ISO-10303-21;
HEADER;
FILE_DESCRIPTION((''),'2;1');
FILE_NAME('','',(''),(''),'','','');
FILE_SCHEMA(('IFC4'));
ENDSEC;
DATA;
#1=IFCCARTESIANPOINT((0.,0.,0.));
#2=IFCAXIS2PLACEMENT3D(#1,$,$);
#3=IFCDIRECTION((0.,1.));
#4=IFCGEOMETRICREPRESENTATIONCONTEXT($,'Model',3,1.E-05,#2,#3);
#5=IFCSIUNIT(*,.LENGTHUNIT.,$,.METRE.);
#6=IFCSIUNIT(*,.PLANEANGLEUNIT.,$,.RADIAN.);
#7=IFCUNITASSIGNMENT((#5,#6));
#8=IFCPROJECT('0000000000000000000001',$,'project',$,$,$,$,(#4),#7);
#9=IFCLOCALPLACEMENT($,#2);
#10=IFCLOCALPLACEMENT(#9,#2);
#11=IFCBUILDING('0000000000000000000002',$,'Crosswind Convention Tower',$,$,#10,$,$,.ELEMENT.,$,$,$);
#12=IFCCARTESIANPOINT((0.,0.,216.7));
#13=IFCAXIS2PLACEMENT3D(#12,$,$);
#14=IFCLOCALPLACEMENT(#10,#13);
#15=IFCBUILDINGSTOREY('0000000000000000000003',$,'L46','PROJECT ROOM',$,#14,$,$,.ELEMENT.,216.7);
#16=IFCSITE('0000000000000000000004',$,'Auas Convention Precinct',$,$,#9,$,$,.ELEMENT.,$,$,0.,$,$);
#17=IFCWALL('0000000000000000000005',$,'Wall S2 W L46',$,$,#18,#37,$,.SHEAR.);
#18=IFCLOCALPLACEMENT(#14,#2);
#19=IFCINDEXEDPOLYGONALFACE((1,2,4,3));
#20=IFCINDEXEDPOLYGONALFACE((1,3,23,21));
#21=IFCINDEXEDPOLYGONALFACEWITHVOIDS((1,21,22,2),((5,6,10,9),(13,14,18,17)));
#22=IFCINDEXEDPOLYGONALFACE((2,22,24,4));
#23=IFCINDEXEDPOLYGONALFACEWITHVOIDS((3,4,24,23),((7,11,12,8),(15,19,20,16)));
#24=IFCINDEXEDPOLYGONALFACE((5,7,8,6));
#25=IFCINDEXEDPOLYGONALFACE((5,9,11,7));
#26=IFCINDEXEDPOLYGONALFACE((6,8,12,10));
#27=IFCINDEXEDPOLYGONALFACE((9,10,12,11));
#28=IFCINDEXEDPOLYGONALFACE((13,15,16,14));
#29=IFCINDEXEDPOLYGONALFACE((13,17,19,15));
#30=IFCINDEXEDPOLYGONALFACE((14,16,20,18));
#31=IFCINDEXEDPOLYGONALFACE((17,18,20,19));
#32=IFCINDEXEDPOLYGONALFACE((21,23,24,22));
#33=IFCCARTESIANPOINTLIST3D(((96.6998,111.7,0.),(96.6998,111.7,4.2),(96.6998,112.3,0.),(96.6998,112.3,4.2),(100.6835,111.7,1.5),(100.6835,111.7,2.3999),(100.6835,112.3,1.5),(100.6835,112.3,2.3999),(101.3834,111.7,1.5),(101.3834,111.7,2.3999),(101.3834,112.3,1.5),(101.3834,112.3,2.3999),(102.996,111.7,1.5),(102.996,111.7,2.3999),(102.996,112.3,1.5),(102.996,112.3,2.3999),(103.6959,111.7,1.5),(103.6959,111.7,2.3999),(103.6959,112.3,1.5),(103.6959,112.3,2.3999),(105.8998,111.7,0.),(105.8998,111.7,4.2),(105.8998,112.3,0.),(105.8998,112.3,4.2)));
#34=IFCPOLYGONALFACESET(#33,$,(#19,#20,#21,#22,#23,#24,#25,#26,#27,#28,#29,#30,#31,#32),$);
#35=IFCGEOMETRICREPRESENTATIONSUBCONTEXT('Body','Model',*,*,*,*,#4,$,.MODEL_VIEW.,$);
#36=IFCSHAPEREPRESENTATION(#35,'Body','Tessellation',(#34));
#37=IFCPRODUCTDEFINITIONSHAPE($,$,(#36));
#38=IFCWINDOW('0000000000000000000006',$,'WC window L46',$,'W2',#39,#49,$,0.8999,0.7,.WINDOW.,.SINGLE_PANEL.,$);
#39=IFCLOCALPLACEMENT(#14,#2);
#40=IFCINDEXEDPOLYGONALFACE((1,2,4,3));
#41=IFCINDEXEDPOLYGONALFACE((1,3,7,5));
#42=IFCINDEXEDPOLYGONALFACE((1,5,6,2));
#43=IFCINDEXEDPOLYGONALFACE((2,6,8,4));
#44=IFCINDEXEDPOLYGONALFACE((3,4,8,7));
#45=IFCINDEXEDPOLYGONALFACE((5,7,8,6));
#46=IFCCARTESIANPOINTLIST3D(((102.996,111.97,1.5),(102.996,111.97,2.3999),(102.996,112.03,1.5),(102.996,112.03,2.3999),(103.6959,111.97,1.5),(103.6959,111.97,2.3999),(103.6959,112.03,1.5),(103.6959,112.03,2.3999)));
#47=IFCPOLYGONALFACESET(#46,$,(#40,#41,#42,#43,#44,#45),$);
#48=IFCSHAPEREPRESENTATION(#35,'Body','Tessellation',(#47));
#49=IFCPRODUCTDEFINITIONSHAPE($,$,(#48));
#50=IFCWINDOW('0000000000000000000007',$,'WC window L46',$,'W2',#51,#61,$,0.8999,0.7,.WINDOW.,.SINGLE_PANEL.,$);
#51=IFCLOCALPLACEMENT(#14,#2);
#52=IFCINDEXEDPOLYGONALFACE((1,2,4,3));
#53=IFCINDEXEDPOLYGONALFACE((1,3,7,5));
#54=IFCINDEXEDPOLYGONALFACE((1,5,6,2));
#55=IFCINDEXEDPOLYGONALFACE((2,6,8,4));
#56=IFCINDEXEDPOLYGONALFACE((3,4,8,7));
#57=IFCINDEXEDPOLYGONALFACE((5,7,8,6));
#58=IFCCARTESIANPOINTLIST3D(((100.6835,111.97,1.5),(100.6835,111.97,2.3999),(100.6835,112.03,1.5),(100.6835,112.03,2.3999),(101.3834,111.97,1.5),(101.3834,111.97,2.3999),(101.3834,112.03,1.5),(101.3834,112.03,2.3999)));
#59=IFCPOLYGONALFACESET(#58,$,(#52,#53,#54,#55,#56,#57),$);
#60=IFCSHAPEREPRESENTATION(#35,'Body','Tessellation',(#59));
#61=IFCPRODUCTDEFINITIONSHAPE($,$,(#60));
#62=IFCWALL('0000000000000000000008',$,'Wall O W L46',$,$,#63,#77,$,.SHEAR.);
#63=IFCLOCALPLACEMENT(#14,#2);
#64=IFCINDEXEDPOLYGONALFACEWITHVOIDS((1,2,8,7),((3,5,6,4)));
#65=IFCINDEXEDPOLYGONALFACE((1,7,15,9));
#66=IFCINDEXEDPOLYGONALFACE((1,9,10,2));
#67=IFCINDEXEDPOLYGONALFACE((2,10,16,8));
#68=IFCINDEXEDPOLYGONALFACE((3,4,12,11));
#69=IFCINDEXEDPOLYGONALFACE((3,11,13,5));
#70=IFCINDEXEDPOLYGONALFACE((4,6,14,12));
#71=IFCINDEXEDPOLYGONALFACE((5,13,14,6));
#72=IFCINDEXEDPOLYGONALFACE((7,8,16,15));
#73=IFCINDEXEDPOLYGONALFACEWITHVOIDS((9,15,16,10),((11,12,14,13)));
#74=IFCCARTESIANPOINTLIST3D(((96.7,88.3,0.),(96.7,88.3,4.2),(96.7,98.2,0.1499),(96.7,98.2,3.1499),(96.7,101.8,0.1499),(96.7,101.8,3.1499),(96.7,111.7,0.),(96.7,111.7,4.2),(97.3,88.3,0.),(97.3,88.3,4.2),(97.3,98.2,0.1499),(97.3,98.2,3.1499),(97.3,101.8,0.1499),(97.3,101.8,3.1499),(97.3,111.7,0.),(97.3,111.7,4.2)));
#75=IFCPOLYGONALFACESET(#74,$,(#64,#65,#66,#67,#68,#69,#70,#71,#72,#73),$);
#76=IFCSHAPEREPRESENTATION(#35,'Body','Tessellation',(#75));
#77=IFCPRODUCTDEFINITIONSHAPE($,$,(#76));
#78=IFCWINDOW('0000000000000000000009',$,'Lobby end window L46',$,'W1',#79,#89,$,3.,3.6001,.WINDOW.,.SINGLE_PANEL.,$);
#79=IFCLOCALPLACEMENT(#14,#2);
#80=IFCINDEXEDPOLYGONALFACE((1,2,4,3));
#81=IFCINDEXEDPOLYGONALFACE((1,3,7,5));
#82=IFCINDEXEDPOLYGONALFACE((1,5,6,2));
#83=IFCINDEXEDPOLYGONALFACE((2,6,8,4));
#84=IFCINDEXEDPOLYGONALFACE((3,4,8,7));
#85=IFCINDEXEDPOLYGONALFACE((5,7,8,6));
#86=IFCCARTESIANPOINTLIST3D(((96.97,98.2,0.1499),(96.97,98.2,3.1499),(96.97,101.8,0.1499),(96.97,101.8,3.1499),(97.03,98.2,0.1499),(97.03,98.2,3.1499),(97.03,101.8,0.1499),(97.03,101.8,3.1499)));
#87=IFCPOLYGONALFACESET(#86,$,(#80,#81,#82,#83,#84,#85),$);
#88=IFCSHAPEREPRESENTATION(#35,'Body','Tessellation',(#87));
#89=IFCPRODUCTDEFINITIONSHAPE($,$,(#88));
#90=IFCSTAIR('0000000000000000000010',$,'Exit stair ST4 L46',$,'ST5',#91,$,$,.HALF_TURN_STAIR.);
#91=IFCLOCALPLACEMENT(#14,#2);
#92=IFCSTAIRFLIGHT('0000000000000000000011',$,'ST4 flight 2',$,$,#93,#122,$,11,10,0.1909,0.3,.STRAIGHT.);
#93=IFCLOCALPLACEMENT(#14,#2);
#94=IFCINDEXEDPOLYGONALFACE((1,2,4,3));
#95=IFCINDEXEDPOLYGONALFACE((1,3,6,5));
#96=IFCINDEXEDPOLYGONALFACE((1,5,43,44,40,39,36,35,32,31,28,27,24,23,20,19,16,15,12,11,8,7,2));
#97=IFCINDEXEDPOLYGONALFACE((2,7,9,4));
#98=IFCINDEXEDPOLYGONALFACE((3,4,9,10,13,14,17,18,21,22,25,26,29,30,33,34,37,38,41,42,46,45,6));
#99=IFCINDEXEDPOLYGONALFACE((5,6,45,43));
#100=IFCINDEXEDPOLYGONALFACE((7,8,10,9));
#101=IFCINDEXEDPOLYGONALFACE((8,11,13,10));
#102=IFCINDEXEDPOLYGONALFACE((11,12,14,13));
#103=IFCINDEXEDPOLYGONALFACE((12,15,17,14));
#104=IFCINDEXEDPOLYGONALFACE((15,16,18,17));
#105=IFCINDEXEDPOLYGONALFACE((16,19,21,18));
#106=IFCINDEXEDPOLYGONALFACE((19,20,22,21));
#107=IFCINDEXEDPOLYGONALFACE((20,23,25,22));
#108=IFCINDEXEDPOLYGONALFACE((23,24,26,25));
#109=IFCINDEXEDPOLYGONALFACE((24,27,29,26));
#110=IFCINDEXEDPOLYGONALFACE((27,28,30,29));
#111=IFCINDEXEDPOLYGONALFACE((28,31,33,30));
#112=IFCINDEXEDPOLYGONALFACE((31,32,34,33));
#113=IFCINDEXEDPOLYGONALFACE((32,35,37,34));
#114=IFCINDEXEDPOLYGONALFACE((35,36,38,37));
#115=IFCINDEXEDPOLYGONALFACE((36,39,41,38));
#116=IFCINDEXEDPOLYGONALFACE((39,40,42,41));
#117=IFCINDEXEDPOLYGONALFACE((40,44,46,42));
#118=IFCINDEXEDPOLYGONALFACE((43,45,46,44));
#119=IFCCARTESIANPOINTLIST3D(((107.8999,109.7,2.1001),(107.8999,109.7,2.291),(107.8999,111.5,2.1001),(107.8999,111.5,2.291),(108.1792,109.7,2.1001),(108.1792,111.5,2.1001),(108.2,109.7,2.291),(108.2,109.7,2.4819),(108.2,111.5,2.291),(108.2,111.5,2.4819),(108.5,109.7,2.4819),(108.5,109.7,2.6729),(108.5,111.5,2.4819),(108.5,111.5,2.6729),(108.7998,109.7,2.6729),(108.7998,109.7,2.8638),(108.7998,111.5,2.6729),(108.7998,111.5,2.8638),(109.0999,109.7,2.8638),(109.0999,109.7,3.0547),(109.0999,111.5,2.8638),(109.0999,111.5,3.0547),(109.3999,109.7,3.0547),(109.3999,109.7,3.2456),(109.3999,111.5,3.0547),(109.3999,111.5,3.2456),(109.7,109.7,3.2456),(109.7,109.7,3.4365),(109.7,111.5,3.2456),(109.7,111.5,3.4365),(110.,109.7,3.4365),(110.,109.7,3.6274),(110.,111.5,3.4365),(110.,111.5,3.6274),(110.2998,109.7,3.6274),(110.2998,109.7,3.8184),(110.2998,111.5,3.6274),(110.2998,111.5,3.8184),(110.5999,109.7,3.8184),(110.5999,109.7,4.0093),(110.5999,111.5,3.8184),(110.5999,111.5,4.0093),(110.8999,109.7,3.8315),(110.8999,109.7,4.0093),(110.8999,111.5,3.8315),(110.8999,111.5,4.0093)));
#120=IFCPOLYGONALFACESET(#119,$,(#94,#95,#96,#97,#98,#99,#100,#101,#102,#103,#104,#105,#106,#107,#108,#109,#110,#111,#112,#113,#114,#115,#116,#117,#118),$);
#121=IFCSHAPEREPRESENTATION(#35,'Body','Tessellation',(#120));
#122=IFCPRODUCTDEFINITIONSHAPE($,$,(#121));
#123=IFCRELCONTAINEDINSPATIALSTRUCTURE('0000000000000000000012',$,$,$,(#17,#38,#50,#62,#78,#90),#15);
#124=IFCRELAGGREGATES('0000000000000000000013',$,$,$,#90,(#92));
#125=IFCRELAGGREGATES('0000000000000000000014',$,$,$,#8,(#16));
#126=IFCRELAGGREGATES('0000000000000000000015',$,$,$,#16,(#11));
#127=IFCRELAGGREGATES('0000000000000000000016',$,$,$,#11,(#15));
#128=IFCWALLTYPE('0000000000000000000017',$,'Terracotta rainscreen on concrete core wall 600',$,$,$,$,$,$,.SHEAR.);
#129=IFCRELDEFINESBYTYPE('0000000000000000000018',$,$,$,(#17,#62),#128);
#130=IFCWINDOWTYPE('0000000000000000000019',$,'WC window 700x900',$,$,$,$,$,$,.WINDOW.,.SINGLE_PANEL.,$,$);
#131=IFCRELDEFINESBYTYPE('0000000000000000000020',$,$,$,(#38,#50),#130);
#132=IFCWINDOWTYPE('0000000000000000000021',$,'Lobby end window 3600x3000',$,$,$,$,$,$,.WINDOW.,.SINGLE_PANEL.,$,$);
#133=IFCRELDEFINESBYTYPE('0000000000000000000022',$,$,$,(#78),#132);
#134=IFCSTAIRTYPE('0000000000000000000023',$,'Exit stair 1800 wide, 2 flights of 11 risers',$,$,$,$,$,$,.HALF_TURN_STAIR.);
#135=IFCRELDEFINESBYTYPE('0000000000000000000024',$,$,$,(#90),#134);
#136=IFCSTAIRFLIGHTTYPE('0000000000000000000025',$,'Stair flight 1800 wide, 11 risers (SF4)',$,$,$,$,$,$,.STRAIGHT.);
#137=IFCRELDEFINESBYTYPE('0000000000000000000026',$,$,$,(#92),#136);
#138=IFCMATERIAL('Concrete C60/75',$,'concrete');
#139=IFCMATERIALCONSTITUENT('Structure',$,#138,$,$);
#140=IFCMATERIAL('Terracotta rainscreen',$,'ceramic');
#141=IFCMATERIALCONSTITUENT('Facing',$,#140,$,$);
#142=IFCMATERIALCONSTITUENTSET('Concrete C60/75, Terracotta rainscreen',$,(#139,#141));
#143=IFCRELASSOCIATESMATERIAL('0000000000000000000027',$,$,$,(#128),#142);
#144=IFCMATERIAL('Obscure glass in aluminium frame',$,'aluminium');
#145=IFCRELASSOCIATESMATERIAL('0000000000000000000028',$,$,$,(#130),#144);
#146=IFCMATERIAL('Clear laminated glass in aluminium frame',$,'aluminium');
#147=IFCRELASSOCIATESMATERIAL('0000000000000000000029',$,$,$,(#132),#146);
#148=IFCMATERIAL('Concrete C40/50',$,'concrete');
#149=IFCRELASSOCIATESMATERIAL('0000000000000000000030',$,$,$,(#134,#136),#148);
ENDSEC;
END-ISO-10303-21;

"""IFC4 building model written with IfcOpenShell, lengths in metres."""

from ifc_helpers import new_model, si_unit, direction, frame, frame_2d, origin, place, context, subcontext, project, spatial, polyline, rectangle, outline, extrude, material, constituent, constituent_set, type_object, element, fill, aggregate, save


model = new_model("IFC4")

# Units and contexts
model_context = context("Model", 3, precision=1e-05, world=origin(), true_north=direction((0.0, 1.0)))
body_context = subcontext(model_context, "Body", "Model", "MODEL_VIEW")
ifc_project = project(units=[si_unit("LENGTHUNIT", "METRE"), si_unit("PLANEANGLEUNIT", "RADIAN")], contexts=[model_context])

# Site, building, storey
site_placement = place(None, origin())
site = spatial("IfcSite", under=ifc_project, at=site_placement, Name="Auas Convention Precinct", CompositionType="ELEMENT", RefElevation=0.0)
building_placement = place(site_placement, origin())
building = spatial("IfcBuilding", under=site, at=building_placement, Name="Crosswind Convention Tower", CompositionType="ELEMENT")
storey_placement = place(building_placement, frame((0.0, 0.0, 216.7)))
storey = spatial("IfcBuildingStorey", under=building, at=storey_placement, Name="L46", Description="PROJECT ROOM", CompositionType="ELEMENT", Elevation=216.7)

# Wall, openings, windows
ifc_material_1 = material(Name="Concrete C60/75", Category="concrete")
ifc_constituent_1 = constituent(ifc_material_1, Name="Structure")
ifc_material_2 = material(Name="Terracotta rainscreen", Category="ceramic")
ifc_constituent_2 = constituent(ifc_material_2, Name="Facing")
ifc_constituent_set = constituent_set(constituents=[ifc_constituent_1, ifc_constituent_2], Name="Concrete C60/75, Terracotta rainscreen")
wall_type_1 = type_object("IfcWallType", Name="Terracotta rainscreen on concrete core wall 600", PredefinedType="SHEAR", material=ifc_constituent_set)
wall_1_placement = place(storey_placement, frame((105.8999, 112.0, 0.0), z_axis=(0.0, 0.0, 1.0), x_axis=(-1.0, 0.0, 0.0)))
wall_1 = element("IfcWall", 1, at=wall_1_placement, inside=storey, type_object=wall_type_1, Name="Wall S2 W L46", PredefinedType="SHEAR", context=body_context, shape_type="SweptSolid", body=[
    extrude(rectangle(XDim=9.2, YDim=0.6001, at=frame_2d((4.6001, 0.0))), origin(), (0.0, 0.0, 1.0), 4.2),
])
opening_1_placement = place(wall_1_placement, frame((2.2039, 0.0, 1.5)))
opening_1 = element("IfcOpeningElement", 2, at=opening_1_placement, cuts=wall_1, PredefinedType="OPENING", context=body_context, shape_type="SweptSolid", body=[
    extrude(rectangle(XDim=0.7, YDim=0.8999, at=frame_2d((0.3501, 0.45))), frame((0.0, 0.3101, 0.0), z_axis=(0.0, -1.0, 0.0), x_axis=(1.0, 0.0, 0.0)), (0.0, 0.0, 1.0), 0.6201),
])
opening_2_placement = place(wall_1_placement, frame((4.5164, 0.0, 1.5)))
opening_2 = element("IfcOpeningElement", 3, at=opening_2_placement, cuts=wall_1, PredefinedType="OPENING", context=body_context, shape_type="SweptSolid", body=[
    extrude(rectangle(XDim=0.7, YDim=0.8999, at=frame_2d((0.3501, 0.45))), frame((0.0, 0.3101, 0.0), z_axis=(0.0, -1.0, 0.0), x_axis=(1.0, 0.0, 0.0)), (0.0, 0.0, 1.0), 0.6201),
])
ifc_material_3 = material(Name="Obscure glass in aluminium frame", Category="aluminium")
window_type_1 = type_object("IfcWindowType", Name="WC window 700x900", PartitioningType="SINGLE_PANEL", PredefinedType="WINDOW", material=ifc_material_3)
window_1_placement = place(opening_1_placement, origin())
window_1 = element("IfcWindow", 4, at=window_1_placement, inside=storey, type_object=window_type_1, Name="WC window L46", ObjectType="W2", OverallHeight=0.8999, OverallWidth=0.7, PartitioningType="SINGLE_PANEL", PredefinedType="WINDOW", context=body_context, shape_type="SweptSolid", body=[
    extrude(rectangle(XDim=0.7, YDim=0.8999, at=frame_2d((0.3501, 0.45))), frame((0.0, 0.03, 0.0), z_axis=(0.0, -1.0, 0.0), x_axis=(1.0, 0.0, 0.0)), (0.0, 0.0, 1.0), 0.0601),
])
fill(opening_1, window_1)
window_2_placement = place(opening_2_placement, origin())
window_2 = element("IfcWindow", 5, at=window_2_placement, inside=storey, type_object=window_type_1, Name="WC window L46", ObjectType="W2", OverallHeight=0.8999, OverallWidth=0.7, PartitioningType="SINGLE_PANEL", PredefinedType="WINDOW", context=body_context, shape_type="SweptSolid", body=[
    extrude(rectangle(XDim=0.7, YDim=0.8999, at=frame_2d((0.3501, 0.45))), frame((0.0, 0.03, 0.0), z_axis=(0.0, -1.0, 0.0), x_axis=(1.0, 0.0, 0.0)), (0.0, 0.0, 1.0), 0.0601),
])
fill(opening_2, window_2)

# Wall, opening, window
wall_2_placement = place(storey_placement, frame((97.0, 111.7, 0.0), z_axis=(0.0, 0.0, 1.0), x_axis=(0.0, -1.0, 0.0)))
wall_2 = element("IfcWall", 6, at=wall_2_placement, inside=storey, type_object=wall_type_1, Name="Wall O W L46", PredefinedType="SHEAR", context=body_context, shape_type="SweptSolid", body=[
    extrude(rectangle(XDim=23.3999, YDim=0.6001, at=frame_2d((11.7, 0.0))), origin(), (0.0, 0.0, 1.0), 4.2),
])
opening_3_placement = place(wall_2_placement, frame((9.8999, 0.0, 0.1499)))
opening_3 = element("IfcOpeningElement", 7, at=opening_3_placement, cuts=wall_2, PredefinedType="OPENING", context=body_context, shape_type="SweptSolid", body=[
    extrude(rectangle(XDim=3.6001, YDim=3.0, at=frame_2d((1.8, 1.5))), frame((0.0, 0.3101, 0.0), z_axis=(0.0, -1.0, 0.0), x_axis=(1.0, 0.0, 0.0)), (0.0, 0.0, 1.0), 0.6201),
])
ifc_material_4 = material(Name="Clear laminated glass in aluminium frame", Category="aluminium")
window_type_2 = type_object("IfcWindowType", Name="Lobby end window 3600x3000", PartitioningType="SINGLE_PANEL", PredefinedType="WINDOW", material=ifc_material_4)
window_3_placement = place(opening_3_placement, origin())
window_3 = element("IfcWindow", 8, at=window_3_placement, inside=storey, type_object=window_type_2, Name="Lobby end window L46", ObjectType="W1", OverallHeight=3.0, OverallWidth=3.6001, PartitioningType="SINGLE_PANEL", PredefinedType="WINDOW", context=body_context, shape_type="SweptSolid", body=[
    extrude(rectangle(XDim=3.6001, YDim=3.0, at=frame_2d((1.8, 1.5))), frame((0.0, 0.03, 0.0), z_axis=(0.0, -1.0, 0.0), x_axis=(1.0, 0.0, 0.0)), (0.0, 0.0, 1.0), 0.0601),
])
fill(opening_3, window_3)

# Stair, stair flight
ifc_material_5 = material(Name="Concrete C40/50", Category="concrete")
stair_type = type_object("IfcStairType", Name="Exit stair 1800 wide, 2 flights of 11 risers", PredefinedType="HALF_TURN_STAIR", material=ifc_material_5)
stair_placement = place(storey_placement, origin())
stair = element("IfcStair", 9, at=stair_placement, inside=storey, type_object=stair_type, Name="Exit stair ST4 L46", ObjectType="ST5", PredefinedType="HALF_TURN_STAIR")
stair_flight_type = type_object("IfcStairFlightType", Name="Stair flight 1800 wide, 11 risers (SF4)", PredefinedType="STRAIGHT", material=ifc_material_5)
stair_flight_placement = place(storey_placement, frame((107.8999, 110.6001, 2.1001), z_axis=(0.0, 0.0, 1.0), x_axis=(1.0, 0.0, 0.0)))
stair_flight = element("IfcStairFlight", 10, at=stair_flight_placement, type_object=stair_flight_type, Name="ST4 flight 2", NumberOfRisers=11, NumberOfTreads=10, PredefinedType="STRAIGHT", RiserHeight=0.1909, TreadLength=0.3, context=body_context, shape_type="SweptSolid", body=[
    extrude(outline(polyline([(0.0, 0.0), (0.0, 0.1909), (0.3, 0.1909), (0.3, 0.3818), (0.6001, 0.3818), (0.6001, 0.5728), (0.8999, 0.5728), (0.8999, 0.7637), (1.2, 0.7637), (1.2, 0.9546), (1.5, 0.9546), (1.5, 1.1455), (1.8, 1.1455), (1.8, 1.3364), (2.1001, 1.3364), (2.1001, 1.5273), (2.3999, 1.5273), (2.3999, 1.7183), (2.7, 1.7183), (2.7, 1.9092), (3.0, 1.9092), (3.0, 2.1001), (3.0, 1.7314), (0.2793, 0.0), (0.0, 0.0)])), frame((0.0, 0.8999, 0.0), z_axis=(0.0, -1.0, 0.0), x_axis=(1.0, 0.0, 0.0)), (0.0, 0.0, 1.0), 1.8),
])
aggregate(stair, [stair_flight])

save(model, "model.ifc")
